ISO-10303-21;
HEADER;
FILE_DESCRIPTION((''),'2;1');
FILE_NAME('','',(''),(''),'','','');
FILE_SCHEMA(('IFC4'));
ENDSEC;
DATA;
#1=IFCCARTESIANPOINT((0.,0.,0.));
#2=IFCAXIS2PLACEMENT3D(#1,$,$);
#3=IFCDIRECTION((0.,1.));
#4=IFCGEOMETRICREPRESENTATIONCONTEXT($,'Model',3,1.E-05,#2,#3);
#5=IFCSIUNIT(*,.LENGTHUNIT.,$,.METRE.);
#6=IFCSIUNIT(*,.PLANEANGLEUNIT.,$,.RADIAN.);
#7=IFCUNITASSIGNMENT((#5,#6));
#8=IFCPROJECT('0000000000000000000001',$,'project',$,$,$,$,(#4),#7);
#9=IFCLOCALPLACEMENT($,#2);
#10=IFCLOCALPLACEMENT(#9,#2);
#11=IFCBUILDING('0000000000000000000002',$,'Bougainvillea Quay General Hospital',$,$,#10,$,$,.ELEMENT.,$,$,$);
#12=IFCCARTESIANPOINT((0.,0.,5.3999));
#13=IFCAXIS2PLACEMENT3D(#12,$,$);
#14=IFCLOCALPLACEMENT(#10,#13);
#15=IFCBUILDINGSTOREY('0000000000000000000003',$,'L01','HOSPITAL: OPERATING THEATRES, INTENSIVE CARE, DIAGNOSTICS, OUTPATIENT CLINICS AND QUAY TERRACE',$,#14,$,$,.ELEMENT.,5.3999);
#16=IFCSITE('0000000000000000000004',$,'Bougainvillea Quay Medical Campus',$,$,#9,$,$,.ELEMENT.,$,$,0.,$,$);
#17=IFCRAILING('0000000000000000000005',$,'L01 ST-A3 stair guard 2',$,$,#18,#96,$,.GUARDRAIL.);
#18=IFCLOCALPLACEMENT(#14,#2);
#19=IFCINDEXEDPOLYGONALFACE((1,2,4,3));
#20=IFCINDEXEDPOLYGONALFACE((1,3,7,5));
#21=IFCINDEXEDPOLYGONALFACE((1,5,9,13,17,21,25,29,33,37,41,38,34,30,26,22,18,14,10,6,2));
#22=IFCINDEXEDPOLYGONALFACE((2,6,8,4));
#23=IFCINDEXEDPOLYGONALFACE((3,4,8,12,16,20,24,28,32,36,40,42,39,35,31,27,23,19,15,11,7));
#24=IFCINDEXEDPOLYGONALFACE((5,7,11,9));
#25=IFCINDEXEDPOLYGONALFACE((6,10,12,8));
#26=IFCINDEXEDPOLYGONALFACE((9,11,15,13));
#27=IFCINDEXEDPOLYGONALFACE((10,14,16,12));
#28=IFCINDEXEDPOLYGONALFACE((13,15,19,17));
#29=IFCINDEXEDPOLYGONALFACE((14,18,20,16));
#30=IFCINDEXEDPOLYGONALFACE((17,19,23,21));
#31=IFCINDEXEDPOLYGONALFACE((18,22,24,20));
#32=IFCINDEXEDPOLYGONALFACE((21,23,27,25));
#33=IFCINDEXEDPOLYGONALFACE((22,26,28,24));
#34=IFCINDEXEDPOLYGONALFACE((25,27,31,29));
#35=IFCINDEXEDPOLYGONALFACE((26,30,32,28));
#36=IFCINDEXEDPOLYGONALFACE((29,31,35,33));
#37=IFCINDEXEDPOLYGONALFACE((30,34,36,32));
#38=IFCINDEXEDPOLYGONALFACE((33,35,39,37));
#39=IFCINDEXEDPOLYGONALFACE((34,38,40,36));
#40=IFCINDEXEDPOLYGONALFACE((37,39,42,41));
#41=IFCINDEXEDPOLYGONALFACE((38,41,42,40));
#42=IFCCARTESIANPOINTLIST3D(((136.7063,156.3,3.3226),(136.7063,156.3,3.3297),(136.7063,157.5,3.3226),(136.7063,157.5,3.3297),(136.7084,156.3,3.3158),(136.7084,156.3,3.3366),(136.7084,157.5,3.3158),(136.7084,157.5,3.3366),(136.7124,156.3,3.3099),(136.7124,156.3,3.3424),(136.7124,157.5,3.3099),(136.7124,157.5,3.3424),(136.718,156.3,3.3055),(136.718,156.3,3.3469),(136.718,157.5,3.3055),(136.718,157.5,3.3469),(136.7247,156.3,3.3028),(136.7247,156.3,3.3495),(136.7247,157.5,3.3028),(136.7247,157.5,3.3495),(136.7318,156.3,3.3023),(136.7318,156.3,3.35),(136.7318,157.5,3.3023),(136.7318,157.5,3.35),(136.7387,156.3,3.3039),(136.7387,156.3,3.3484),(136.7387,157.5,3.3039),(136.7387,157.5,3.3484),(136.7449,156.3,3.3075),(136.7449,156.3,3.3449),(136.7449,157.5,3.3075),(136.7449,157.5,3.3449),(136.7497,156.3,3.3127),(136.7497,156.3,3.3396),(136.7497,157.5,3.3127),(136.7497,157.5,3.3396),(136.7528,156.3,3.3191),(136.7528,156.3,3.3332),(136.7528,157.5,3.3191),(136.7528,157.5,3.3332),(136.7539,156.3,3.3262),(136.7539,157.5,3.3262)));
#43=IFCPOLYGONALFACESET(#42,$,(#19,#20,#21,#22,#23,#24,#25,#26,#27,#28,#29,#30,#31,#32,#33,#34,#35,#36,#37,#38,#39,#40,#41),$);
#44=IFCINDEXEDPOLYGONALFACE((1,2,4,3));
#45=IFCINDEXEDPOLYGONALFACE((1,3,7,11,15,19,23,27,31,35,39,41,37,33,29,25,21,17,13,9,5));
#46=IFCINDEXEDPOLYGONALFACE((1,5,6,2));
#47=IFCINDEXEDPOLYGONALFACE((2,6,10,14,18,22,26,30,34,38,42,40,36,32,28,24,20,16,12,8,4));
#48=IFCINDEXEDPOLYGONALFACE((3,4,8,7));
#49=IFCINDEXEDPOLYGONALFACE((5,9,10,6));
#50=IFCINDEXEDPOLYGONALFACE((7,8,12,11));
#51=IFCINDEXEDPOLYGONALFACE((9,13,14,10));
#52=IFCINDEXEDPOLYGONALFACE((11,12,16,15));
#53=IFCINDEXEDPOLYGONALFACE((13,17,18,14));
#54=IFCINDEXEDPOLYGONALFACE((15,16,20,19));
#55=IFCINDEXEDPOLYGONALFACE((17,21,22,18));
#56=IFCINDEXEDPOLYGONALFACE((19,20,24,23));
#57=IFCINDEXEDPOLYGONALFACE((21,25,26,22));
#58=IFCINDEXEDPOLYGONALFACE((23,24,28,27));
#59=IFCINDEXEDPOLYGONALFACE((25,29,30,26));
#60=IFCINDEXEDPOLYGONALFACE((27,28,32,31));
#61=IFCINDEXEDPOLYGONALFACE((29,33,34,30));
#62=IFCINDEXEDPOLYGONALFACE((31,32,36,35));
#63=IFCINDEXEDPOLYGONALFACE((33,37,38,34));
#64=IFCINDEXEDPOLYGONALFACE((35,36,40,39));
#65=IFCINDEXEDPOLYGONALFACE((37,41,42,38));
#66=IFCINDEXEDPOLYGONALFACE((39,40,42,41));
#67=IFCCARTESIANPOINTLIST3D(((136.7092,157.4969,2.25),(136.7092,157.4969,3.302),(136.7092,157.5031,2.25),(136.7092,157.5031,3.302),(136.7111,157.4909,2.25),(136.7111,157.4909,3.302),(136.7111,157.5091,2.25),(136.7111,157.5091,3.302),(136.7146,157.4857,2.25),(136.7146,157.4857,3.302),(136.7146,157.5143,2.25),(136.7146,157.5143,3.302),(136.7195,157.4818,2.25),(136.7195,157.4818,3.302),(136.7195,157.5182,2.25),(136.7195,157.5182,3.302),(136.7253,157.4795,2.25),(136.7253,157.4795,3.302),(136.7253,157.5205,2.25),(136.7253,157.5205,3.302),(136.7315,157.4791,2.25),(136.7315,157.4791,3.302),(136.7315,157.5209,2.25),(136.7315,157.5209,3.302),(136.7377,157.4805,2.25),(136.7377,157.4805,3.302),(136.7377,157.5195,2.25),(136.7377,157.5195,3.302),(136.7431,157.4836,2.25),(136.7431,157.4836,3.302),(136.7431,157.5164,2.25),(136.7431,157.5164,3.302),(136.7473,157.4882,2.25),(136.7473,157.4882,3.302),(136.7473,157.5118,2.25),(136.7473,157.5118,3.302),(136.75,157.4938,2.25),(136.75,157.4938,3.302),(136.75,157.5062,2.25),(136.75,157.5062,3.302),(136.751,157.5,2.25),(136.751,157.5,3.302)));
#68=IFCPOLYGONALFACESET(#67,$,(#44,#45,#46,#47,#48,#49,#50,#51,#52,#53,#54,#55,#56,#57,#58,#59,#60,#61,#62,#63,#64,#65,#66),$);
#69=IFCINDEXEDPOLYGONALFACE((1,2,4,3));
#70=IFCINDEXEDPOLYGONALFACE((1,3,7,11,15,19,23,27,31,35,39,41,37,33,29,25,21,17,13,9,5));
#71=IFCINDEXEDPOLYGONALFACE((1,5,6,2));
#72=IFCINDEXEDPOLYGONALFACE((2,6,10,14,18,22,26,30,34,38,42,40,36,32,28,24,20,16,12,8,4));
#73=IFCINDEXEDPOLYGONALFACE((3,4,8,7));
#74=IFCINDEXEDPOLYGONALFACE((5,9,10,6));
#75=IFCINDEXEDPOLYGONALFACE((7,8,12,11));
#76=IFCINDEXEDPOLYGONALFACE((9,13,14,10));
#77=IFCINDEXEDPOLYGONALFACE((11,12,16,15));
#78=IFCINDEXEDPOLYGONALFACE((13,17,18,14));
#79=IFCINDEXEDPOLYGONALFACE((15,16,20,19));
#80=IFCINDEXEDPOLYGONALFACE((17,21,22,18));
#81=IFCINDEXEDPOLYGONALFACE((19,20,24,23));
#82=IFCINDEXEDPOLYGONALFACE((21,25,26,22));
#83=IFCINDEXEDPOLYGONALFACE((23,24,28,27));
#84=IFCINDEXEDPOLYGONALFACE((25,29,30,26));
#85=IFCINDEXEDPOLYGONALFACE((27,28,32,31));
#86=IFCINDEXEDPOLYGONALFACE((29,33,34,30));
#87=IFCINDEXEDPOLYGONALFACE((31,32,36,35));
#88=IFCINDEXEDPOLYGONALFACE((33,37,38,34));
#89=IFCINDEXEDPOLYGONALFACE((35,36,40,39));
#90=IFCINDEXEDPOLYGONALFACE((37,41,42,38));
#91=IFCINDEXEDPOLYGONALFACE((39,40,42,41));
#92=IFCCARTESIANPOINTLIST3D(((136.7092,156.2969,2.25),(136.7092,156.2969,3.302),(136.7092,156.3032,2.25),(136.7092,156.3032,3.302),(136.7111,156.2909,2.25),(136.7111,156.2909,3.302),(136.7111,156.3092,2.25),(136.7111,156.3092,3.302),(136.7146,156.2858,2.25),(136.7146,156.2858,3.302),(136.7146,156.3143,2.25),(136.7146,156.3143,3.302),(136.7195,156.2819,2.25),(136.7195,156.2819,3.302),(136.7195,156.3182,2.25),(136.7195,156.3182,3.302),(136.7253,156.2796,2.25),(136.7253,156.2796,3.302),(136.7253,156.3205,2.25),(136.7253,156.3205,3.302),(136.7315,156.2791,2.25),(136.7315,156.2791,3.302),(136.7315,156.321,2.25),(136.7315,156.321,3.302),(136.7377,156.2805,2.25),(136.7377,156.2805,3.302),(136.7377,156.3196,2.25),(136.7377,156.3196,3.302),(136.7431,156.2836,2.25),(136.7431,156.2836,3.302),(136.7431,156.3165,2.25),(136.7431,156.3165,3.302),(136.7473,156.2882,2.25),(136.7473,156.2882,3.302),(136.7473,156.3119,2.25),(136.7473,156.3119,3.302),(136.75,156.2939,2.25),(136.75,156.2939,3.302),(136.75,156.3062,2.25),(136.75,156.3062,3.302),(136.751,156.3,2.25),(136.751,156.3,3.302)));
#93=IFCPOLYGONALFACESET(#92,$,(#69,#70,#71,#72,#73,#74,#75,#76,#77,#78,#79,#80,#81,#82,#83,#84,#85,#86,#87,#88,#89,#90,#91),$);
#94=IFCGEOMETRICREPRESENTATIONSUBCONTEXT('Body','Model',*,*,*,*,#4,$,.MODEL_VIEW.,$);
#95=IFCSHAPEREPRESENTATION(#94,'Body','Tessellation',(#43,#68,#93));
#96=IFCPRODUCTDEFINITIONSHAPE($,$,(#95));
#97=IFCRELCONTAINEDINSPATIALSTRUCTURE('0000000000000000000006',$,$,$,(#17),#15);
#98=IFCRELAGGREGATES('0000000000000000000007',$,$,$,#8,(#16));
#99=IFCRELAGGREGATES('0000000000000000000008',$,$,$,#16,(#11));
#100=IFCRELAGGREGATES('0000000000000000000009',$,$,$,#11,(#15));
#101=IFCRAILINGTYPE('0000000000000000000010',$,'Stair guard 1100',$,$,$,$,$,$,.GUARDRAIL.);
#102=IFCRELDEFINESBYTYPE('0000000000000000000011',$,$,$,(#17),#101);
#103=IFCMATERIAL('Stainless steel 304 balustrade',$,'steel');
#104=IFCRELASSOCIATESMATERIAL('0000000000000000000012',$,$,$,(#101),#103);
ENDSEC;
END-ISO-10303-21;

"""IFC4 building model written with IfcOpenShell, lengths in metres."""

from ifc_helpers import new_model, si_unit, direction, frame, origin, origin_2d, place, context, subcontext, project, spatial, circle, extrude, material, type_object, element, save


model = new_model("IFC4")

# Units and contexts
model_context = context("Model", 3, precision=1e-05, world=origin(), true_north=direction((0.0, 1.0)))
body_context = subcontext(model_context, "Body", "Model", "MODEL_VIEW")
ifc_project = project(units=[si_unit("LENGTHUNIT", "METRE"), si_unit("PLANEANGLEUNIT", "RADIAN")], contexts=[model_context])

# Site, building, storey
site_placement = place(None, origin())
site = spatial("IfcSite", under=ifc_project, at=site_placement, Name="Bougainvillea Quay Medical Campus", CompositionType="ELEMENT", RefElevation=0.0)
building_placement = place(site_placement, origin())
building = spatial("IfcBuilding", under=site, at=building_placement, Name="Bougainvillea Quay General Hospital", CompositionType="ELEMENT")
storey_placement = place(building_placement, frame((0.0, 0.0, 5.3999)))
storey = spatial("IfcBuildingStorey", under=building, at=storey_placement, Name="L01", Description="HOSPITAL: OPERATING THEATRES, INTENSIVE CARE, DIAGNOSTICS, OUTPATIENT CLINICS AND QUAY TERRACE", CompositionType="ELEMENT", Elevation=5.3999)

# Railing
ifc_material_1 = material(Name="Stainless steel 304 balustrade", Category="steel")
railing_type_1 = type_object("IfcRailingType", Name="Stair guard 1100", PredefinedType="GUARDRAIL", material=ifc_material_1)
railing_1_placement = place(storey_placement, frame((136.73, 157.5, 2.25)))
element("IfcRailing", 1, at=railing_1_placement, inside=storey, type_object=railing_type_1, Name="L01 ST-A3 stair guard 2", PredefinedType="GUARDRAIL", context=body_context, shape_type="SweptSolid", body=[
    extrude(circle(Radius=0.0239, at=origin_2d()), frame((0.0, 0.0, 1.0762), z_axis=(0.0, -1.0, 0.0), x_axis=(1.0, 0.0, 0.0)), (0.0, 0.0, 1.0), 1.2),
    extrude(circle(Radius=0.021, at=origin_2d()), origin(), (0.0, 0.0, 1.0), 1.052),
    extrude(circle(Radius=0.021, at=origin_2d()), frame((0.0, -1.2, 0.0)), (0.0, 0.0, 1.0), 1.052),
])

save(model, "model.ifc")
